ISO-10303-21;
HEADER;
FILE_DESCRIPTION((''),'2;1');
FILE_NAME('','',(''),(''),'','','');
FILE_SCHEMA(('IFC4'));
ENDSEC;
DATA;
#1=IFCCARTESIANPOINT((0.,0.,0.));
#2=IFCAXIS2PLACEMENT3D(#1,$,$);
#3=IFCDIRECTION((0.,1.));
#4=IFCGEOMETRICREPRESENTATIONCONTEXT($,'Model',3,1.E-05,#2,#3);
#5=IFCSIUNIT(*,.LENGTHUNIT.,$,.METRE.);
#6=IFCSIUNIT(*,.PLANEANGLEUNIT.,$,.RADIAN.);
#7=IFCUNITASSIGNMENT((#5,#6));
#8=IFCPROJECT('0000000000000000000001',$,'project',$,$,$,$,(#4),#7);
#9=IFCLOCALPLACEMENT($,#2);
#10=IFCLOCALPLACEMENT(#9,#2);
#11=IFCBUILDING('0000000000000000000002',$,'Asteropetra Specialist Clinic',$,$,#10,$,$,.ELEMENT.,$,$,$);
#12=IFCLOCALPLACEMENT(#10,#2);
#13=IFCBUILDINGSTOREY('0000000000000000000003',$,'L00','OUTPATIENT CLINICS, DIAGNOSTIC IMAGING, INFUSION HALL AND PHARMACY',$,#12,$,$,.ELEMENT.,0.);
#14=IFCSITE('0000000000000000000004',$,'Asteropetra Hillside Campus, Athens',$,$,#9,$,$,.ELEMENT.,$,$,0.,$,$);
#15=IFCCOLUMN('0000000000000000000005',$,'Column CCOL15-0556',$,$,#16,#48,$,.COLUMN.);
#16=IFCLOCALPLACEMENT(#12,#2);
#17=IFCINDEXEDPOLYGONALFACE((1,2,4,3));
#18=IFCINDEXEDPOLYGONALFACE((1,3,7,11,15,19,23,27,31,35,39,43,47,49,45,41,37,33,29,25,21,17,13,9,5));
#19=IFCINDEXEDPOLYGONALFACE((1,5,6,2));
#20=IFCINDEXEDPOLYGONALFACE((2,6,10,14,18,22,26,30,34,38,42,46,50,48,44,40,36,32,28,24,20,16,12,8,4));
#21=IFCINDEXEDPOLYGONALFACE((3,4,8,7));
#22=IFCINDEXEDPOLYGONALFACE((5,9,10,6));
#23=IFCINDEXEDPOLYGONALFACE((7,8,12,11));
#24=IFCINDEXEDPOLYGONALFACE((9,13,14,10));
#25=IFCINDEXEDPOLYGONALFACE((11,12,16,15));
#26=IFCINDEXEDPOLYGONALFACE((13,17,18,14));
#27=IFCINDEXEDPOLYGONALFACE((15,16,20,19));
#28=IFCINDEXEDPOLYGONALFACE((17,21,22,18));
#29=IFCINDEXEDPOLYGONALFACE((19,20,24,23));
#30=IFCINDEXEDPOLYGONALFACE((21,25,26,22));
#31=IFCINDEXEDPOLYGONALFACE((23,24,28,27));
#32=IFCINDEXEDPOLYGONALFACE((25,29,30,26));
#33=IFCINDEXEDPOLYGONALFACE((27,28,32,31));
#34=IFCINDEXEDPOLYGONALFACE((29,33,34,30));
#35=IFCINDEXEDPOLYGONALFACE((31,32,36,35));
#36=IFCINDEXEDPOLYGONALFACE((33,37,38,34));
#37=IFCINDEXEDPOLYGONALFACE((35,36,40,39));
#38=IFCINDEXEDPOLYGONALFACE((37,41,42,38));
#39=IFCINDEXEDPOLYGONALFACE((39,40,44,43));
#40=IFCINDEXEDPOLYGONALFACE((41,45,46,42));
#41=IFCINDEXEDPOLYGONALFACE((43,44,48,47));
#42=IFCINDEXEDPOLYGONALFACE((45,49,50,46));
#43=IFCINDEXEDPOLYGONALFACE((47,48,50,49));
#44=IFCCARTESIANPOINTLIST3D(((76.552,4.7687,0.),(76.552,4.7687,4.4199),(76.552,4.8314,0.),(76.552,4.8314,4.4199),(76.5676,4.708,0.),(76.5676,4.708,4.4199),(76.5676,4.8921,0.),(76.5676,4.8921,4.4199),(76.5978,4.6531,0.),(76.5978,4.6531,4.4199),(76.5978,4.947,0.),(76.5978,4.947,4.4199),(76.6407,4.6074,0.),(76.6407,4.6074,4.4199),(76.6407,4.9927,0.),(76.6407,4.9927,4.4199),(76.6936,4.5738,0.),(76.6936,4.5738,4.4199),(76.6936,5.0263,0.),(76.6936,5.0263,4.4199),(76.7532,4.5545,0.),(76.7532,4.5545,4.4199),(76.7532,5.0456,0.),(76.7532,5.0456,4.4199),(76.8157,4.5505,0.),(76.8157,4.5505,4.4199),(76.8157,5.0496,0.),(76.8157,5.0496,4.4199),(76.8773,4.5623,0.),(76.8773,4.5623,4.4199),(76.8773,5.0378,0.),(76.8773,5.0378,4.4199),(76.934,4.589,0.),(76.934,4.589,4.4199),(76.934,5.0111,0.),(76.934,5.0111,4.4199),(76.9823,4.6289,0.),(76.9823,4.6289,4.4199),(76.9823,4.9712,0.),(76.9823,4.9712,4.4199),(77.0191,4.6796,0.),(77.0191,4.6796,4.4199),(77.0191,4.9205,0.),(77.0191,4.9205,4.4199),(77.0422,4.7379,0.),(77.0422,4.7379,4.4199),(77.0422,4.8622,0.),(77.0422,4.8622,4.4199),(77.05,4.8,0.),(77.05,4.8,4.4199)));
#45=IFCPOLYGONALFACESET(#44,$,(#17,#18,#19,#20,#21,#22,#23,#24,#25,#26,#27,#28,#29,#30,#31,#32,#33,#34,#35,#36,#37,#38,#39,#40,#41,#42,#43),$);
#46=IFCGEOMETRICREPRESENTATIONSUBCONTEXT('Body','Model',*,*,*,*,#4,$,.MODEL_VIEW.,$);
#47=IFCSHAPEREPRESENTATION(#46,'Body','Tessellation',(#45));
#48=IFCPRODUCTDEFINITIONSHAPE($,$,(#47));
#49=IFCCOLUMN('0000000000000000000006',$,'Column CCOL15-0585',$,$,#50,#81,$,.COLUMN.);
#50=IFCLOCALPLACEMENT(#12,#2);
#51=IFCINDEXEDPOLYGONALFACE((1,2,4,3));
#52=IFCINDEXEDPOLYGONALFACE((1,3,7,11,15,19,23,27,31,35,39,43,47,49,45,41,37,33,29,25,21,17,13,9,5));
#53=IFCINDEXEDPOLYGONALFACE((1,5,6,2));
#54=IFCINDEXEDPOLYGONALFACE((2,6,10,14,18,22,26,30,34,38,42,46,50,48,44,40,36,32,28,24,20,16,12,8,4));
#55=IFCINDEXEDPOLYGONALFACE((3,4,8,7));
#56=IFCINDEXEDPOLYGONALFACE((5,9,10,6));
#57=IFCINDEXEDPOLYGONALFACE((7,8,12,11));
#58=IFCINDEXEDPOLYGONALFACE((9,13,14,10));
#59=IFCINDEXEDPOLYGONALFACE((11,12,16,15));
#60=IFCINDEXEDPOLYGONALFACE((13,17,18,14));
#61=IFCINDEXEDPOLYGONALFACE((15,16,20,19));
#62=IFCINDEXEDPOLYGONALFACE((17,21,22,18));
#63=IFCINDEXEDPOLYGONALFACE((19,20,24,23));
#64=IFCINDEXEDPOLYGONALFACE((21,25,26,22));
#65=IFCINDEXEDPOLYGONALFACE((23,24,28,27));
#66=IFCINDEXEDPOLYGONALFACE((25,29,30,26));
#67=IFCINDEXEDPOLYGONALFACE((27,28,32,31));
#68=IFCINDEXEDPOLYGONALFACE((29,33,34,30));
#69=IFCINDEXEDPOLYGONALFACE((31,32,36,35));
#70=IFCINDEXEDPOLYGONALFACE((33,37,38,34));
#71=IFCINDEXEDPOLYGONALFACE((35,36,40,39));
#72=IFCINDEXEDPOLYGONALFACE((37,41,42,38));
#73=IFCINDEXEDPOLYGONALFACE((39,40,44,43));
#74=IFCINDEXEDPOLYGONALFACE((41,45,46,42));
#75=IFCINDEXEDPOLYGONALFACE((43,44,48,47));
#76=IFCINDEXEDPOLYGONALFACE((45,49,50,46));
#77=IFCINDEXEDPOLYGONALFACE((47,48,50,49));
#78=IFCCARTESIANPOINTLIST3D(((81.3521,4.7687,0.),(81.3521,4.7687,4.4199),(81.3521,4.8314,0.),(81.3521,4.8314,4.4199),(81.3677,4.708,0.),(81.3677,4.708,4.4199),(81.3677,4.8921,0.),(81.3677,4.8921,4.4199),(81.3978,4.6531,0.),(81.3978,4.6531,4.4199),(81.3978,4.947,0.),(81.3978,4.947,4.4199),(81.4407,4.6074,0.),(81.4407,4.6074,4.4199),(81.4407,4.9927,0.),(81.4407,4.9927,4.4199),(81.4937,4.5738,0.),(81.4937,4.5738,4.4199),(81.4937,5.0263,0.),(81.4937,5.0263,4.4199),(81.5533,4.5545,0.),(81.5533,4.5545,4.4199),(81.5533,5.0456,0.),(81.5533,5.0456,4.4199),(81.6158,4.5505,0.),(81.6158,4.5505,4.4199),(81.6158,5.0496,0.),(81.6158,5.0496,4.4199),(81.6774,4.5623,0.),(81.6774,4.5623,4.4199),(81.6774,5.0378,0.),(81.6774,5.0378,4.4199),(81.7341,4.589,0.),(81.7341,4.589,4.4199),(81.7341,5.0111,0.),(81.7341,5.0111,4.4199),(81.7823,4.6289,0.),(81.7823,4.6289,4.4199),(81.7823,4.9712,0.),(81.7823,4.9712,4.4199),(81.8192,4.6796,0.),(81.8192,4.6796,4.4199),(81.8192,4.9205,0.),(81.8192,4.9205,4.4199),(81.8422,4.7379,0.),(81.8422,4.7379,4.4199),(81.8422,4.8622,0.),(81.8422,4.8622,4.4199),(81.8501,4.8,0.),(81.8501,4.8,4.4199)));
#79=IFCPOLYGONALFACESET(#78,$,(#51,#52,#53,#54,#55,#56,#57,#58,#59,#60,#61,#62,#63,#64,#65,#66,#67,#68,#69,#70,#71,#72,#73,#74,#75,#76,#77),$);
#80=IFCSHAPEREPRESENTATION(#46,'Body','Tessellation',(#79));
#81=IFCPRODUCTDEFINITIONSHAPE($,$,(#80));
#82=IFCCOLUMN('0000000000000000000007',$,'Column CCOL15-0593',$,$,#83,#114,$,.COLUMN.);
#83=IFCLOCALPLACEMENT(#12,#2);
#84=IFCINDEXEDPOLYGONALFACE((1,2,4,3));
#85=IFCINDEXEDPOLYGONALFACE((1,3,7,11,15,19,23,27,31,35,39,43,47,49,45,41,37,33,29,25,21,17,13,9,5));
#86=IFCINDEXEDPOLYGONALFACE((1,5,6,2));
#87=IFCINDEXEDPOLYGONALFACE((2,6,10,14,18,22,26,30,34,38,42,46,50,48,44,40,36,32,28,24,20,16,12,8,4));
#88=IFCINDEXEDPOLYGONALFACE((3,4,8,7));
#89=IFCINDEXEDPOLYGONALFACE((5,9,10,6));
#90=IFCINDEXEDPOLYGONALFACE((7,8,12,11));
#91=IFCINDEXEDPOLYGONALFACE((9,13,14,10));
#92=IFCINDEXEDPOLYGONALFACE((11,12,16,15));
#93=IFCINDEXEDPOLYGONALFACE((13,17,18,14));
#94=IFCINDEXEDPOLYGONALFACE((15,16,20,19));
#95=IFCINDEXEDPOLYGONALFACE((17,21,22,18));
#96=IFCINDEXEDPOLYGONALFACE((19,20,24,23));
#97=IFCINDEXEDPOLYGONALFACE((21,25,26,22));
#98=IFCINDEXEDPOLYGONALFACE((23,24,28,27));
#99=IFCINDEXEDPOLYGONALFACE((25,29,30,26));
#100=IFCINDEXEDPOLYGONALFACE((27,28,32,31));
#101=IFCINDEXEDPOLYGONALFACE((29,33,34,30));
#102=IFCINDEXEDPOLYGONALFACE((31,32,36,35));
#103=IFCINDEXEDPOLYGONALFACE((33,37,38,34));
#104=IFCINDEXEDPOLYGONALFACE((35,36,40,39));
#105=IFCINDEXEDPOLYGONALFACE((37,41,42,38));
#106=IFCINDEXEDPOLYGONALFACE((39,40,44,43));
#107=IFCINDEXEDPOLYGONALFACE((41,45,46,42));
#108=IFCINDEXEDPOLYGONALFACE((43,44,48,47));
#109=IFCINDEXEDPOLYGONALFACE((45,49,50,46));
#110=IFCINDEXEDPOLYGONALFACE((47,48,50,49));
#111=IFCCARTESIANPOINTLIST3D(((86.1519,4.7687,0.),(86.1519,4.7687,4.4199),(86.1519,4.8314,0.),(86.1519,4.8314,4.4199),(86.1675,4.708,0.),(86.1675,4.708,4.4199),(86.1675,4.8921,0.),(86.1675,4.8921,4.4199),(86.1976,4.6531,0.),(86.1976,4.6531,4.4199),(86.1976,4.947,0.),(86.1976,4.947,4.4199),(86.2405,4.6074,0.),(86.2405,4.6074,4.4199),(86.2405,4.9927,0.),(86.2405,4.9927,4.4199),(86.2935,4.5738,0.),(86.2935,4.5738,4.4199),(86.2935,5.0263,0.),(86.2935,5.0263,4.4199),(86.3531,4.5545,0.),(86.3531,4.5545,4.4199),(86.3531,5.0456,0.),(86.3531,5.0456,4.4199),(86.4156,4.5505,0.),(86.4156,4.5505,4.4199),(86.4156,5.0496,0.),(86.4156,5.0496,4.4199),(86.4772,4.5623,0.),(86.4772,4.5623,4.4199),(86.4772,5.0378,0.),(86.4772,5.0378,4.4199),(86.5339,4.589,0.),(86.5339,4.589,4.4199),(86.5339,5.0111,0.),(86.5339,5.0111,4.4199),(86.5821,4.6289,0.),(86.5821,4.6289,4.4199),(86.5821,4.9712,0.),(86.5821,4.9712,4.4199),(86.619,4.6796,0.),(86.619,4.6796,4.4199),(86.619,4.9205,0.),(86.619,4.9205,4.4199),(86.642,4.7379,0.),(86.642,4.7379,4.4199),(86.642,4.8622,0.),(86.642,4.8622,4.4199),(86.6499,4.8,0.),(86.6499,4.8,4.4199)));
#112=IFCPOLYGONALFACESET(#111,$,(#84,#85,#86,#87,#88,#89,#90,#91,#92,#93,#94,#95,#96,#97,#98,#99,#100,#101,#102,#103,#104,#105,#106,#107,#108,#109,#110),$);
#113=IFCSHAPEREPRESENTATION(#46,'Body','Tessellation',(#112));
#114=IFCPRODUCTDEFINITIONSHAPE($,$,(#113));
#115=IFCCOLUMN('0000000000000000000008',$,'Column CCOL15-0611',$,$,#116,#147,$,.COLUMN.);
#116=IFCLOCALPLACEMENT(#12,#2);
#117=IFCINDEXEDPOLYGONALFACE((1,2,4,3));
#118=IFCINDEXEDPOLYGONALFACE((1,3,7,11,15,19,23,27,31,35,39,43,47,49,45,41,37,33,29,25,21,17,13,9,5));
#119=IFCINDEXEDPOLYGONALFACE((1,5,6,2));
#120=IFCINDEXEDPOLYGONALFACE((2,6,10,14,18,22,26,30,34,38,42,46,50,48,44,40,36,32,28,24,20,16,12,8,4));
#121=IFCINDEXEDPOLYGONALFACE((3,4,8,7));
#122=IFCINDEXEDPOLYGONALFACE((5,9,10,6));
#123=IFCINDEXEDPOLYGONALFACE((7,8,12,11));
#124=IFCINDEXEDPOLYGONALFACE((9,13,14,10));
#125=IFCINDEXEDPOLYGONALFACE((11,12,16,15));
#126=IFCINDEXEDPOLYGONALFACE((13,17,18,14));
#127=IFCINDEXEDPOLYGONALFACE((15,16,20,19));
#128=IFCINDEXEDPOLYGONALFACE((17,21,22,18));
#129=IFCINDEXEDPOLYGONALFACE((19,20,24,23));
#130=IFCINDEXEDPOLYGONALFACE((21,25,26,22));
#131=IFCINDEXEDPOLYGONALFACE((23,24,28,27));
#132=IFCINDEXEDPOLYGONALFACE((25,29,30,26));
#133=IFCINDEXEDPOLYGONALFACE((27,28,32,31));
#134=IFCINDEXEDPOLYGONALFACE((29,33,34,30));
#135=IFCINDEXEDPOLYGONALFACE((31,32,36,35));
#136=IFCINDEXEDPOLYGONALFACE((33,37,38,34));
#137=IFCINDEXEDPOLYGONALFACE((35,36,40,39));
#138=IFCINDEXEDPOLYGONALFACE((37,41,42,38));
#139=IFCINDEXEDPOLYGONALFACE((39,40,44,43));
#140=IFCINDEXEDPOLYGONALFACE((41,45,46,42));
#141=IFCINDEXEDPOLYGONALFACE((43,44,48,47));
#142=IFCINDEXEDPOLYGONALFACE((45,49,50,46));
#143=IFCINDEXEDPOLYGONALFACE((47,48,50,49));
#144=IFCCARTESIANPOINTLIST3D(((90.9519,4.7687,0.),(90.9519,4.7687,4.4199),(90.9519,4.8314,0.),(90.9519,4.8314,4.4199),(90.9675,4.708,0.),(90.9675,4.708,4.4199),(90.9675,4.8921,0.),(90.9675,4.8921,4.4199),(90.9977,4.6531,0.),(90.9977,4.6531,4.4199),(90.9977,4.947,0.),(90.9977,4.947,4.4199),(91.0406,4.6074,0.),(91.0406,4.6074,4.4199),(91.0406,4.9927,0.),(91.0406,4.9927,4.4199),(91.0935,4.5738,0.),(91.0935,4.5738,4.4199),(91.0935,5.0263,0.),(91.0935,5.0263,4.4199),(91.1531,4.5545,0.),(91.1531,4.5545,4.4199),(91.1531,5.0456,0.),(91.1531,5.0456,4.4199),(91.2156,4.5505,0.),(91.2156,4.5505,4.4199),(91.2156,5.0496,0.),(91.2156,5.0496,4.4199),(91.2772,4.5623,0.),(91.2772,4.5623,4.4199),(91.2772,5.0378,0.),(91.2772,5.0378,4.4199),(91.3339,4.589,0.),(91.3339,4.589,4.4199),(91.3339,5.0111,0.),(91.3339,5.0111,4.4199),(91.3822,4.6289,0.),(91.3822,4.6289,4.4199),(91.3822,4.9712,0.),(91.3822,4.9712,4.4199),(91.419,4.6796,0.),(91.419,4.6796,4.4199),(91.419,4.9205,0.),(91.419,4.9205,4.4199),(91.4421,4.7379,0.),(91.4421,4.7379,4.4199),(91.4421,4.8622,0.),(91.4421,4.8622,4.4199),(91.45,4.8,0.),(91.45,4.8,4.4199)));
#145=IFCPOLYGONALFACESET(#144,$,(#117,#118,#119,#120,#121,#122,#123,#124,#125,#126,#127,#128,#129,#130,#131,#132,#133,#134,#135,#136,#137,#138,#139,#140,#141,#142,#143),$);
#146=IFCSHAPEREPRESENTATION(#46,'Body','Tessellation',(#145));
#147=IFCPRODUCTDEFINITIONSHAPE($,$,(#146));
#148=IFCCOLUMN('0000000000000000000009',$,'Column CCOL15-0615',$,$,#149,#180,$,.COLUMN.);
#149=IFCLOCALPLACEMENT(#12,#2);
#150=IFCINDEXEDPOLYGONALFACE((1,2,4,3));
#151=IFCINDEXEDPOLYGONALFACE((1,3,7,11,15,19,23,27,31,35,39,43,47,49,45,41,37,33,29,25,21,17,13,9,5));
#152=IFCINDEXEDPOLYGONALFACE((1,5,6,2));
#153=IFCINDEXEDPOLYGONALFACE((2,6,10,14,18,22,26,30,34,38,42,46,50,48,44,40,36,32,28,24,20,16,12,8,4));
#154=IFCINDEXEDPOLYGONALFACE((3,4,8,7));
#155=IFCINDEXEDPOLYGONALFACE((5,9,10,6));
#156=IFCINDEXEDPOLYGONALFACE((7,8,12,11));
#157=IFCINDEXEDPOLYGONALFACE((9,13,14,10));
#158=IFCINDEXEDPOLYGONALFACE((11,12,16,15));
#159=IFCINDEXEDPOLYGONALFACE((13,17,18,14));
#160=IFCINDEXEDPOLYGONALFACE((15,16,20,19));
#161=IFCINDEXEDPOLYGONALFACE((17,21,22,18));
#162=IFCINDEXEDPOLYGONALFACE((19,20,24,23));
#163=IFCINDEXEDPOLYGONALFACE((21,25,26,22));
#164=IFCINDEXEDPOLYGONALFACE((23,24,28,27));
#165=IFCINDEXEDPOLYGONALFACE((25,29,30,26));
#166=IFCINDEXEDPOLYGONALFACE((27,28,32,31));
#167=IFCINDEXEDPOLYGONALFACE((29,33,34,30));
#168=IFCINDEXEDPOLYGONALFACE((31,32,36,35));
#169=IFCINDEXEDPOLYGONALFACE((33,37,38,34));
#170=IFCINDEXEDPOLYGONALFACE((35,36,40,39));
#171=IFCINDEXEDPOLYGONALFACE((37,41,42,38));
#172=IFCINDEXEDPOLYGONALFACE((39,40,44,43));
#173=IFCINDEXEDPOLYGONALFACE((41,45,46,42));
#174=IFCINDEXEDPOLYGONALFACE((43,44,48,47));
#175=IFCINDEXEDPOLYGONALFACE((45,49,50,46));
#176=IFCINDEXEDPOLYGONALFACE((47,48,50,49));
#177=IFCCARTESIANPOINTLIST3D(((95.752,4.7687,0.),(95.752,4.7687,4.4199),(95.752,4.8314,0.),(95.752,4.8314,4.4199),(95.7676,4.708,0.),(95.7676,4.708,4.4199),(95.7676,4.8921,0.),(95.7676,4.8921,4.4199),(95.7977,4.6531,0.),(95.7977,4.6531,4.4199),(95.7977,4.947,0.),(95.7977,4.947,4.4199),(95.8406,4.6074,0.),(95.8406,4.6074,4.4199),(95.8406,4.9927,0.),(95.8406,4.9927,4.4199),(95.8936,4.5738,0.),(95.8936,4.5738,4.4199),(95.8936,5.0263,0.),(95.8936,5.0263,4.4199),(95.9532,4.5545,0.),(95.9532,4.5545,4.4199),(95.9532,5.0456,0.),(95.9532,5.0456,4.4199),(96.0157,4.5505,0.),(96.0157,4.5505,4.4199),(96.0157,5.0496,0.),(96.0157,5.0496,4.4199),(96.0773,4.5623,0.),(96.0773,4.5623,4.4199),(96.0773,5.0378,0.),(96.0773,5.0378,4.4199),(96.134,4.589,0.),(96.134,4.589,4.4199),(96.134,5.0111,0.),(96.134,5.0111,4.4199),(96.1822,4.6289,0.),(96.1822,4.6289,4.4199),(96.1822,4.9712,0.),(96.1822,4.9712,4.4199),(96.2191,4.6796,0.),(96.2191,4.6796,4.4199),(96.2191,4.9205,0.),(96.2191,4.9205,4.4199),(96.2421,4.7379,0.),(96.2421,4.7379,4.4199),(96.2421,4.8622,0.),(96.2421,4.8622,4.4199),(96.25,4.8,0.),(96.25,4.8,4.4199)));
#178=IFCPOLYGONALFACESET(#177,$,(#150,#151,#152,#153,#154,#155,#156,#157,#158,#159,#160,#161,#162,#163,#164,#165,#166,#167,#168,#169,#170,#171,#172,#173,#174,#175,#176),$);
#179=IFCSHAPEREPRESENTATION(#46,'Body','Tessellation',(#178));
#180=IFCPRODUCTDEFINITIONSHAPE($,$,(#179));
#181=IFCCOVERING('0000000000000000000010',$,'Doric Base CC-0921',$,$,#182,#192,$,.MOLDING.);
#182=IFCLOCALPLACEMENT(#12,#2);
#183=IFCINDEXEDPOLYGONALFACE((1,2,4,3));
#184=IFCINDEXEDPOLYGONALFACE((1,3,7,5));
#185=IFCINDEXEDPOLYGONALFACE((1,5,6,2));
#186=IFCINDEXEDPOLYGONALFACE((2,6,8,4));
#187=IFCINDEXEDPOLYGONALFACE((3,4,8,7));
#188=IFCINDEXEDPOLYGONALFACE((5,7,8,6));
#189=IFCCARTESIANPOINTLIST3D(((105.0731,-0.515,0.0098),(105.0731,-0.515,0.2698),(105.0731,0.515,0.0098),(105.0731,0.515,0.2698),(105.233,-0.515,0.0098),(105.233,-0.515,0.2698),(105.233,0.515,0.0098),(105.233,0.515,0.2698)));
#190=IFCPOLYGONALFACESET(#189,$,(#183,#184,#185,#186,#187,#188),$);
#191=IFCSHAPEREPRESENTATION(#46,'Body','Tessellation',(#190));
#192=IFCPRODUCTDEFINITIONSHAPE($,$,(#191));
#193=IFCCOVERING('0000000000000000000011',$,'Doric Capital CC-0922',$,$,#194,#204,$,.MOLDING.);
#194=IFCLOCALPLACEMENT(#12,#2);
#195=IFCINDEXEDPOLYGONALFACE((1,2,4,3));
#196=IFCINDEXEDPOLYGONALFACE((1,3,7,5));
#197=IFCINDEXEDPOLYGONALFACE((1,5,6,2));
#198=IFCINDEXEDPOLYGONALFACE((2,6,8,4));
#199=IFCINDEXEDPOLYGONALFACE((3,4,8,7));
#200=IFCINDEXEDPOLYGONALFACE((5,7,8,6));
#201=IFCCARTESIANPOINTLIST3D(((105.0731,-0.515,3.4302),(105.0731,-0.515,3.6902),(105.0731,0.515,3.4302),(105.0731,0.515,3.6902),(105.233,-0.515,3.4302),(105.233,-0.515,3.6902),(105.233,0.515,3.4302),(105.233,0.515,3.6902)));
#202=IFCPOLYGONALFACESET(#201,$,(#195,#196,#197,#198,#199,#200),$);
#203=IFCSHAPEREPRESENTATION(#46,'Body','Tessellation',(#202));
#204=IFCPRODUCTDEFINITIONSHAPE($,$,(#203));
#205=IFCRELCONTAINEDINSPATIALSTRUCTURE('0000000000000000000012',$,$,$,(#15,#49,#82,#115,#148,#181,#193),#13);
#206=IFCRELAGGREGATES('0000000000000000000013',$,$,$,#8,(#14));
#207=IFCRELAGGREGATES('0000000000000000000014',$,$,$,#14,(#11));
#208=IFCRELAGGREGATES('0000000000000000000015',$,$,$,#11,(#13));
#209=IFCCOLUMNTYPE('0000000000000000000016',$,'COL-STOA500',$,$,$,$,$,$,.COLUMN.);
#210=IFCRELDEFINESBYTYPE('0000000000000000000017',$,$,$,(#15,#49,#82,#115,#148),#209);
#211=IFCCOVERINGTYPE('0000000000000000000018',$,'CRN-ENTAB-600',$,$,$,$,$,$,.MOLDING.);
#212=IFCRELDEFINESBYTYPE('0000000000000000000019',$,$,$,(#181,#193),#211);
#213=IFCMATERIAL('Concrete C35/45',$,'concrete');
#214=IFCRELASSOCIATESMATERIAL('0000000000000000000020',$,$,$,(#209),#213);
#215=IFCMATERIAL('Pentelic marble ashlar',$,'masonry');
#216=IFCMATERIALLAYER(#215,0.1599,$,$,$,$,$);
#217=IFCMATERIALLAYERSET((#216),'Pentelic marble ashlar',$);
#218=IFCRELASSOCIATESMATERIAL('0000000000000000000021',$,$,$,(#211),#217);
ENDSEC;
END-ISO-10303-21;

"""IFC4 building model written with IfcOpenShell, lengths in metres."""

from ifc_helpers import new_model, si_unit, direction, frame, origin, origin_2d, place, context, subcontext, project, spatial, rectangle, circle, extrude, material, layer, layer_set, material_profile, profile_set, type_object, element, save


model = new_model("IFC4")

# Units and contexts
model_context = context("Model", 3, precision=1e-05, world=origin(), true_north=direction((0.0, 1.0)))
body_context = subcontext(model_context, "Body", "Model", "MODEL_VIEW")
ifc_project = project(units=[si_unit("LENGTHUNIT", "METRE"), si_unit("PLANEANGLEUNIT", "RADIAN")], contexts=[model_context])

# Site, building, storey
site_placement = place(None, origin())
site = spatial("IfcSite", under=ifc_project, at=site_placement, Name="Asteropetra Hillside Campus, Athens", CompositionType="ELEMENT", RefElevation=0.0)
building_placement = place(site_placement, origin())
building = spatial("IfcBuilding", under=site, at=building_placement, Name="Asteropetra Specialist Clinic", CompositionType="ELEMENT")
storey_placement = place(building_placement, origin())
storey = spatial("IfcBuildingStorey", under=building, at=storey_placement, Name="L00", Description="OUTPATIENT CLINICS, DIAGNOSTIC IMAGING, INFUSION HALL AND PHARMACY", CompositionType="ELEMENT", Elevation=0.0)

# Columns
ifc_material_1 = material(Name="Concrete C35/45", Category="concrete")
ifc_material_profile_1 = material_profile(ifc_material_1, circle(Radius=0.25, at=origin_2d()), Name="RCC D500")
ifc_profile_set_1 = profile_set([ifc_material_profile_1], Name="Concrete C35/45")
column_type_1 = type_object("IfcColumnType", Name="COL-STOA500", PredefinedType="COLUMN", material=ifc_profile_set_1)
for number, where, z_axis, x_axis, name in (
    (1, (76.8, 4.8, 0.0), (0.0, 0.0, 1.0), (1.0, 0.0, 0.0), "Column CCOL15-0556"),
    (2, (81.6001, 4.8, 0.0), (0.0, 0.0, 1.0), (1.0, 0.0, 0.0), "Column CCOL15-0585"),
    (3, (86.3999, 4.8, 0.0), (0.0, 0.0, 1.0), (1.0, 0.0, 0.0), "Column CCOL15-0593"),
    (4, (91.2, 4.8, 0.0), (0.0, 0.0, 1.0), (1.0, 0.0, 0.0), "Column CCOL15-0611"),
    (5, (96.0, 4.8, 0.0), (0.0, 0.0, 1.0), (1.0, 0.0, 0.0), "Column CCOL15-0615"),
):
    element("IfcColumn", number, at=place(storey_placement, frame(where, z_axis=z_axis, x_axis=x_axis)), inside=storey, type_object=column_type_1, Name=name, PredefinedType="COLUMN", context=body_context, shape_type="SweptSolid", body=[
        extrude(circle(Radius=0.25, at=origin_2d()), origin(), (0.0, 0.0, 1.0), 4.4199),
    ])

# Coverings
ifc_material_2 = material(Name="Pentelic marble ashlar", Category="masonry")
ifc_layer = layer(ifc_material_2, 0.1599)
ifc_layer_set = layer_set([ifc_layer], Name="Pentelic marble ashlar")
covering_type = type_object("IfcCoveringType", Name="CRN-ENTAB-600", PredefinedType="MOLDING", material=ifc_layer_set)
for number, where, z_axis, x_axis, name in (
    (6, (105.1531, 0.0, 0.0098), (0.0, 0.0, 1.0), (1.0, 0.0, 0.0), "Doric Base CC-0921"),
    (7, (105.1531, 0.0, 3.4302), (0.0, 0.0, 1.0), (1.0, 0.0, 0.0), "Doric Capital CC-0922"),
):
    element("IfcCovering", number, at=place(storey_placement, frame(where, z_axis=z_axis, x_axis=x_axis)), inside=storey, type_object=covering_type, Name=name, PredefinedType="MOLDING", context=body_context, shape_type="SweptSolid", body=[
        extrude(rectangle(XDim=0.1599, YDim=1.03, at=origin_2d()), origin(), (0.0, 0.0, 1.0), 0.26),
    ])

save(model, "model.ifc")
